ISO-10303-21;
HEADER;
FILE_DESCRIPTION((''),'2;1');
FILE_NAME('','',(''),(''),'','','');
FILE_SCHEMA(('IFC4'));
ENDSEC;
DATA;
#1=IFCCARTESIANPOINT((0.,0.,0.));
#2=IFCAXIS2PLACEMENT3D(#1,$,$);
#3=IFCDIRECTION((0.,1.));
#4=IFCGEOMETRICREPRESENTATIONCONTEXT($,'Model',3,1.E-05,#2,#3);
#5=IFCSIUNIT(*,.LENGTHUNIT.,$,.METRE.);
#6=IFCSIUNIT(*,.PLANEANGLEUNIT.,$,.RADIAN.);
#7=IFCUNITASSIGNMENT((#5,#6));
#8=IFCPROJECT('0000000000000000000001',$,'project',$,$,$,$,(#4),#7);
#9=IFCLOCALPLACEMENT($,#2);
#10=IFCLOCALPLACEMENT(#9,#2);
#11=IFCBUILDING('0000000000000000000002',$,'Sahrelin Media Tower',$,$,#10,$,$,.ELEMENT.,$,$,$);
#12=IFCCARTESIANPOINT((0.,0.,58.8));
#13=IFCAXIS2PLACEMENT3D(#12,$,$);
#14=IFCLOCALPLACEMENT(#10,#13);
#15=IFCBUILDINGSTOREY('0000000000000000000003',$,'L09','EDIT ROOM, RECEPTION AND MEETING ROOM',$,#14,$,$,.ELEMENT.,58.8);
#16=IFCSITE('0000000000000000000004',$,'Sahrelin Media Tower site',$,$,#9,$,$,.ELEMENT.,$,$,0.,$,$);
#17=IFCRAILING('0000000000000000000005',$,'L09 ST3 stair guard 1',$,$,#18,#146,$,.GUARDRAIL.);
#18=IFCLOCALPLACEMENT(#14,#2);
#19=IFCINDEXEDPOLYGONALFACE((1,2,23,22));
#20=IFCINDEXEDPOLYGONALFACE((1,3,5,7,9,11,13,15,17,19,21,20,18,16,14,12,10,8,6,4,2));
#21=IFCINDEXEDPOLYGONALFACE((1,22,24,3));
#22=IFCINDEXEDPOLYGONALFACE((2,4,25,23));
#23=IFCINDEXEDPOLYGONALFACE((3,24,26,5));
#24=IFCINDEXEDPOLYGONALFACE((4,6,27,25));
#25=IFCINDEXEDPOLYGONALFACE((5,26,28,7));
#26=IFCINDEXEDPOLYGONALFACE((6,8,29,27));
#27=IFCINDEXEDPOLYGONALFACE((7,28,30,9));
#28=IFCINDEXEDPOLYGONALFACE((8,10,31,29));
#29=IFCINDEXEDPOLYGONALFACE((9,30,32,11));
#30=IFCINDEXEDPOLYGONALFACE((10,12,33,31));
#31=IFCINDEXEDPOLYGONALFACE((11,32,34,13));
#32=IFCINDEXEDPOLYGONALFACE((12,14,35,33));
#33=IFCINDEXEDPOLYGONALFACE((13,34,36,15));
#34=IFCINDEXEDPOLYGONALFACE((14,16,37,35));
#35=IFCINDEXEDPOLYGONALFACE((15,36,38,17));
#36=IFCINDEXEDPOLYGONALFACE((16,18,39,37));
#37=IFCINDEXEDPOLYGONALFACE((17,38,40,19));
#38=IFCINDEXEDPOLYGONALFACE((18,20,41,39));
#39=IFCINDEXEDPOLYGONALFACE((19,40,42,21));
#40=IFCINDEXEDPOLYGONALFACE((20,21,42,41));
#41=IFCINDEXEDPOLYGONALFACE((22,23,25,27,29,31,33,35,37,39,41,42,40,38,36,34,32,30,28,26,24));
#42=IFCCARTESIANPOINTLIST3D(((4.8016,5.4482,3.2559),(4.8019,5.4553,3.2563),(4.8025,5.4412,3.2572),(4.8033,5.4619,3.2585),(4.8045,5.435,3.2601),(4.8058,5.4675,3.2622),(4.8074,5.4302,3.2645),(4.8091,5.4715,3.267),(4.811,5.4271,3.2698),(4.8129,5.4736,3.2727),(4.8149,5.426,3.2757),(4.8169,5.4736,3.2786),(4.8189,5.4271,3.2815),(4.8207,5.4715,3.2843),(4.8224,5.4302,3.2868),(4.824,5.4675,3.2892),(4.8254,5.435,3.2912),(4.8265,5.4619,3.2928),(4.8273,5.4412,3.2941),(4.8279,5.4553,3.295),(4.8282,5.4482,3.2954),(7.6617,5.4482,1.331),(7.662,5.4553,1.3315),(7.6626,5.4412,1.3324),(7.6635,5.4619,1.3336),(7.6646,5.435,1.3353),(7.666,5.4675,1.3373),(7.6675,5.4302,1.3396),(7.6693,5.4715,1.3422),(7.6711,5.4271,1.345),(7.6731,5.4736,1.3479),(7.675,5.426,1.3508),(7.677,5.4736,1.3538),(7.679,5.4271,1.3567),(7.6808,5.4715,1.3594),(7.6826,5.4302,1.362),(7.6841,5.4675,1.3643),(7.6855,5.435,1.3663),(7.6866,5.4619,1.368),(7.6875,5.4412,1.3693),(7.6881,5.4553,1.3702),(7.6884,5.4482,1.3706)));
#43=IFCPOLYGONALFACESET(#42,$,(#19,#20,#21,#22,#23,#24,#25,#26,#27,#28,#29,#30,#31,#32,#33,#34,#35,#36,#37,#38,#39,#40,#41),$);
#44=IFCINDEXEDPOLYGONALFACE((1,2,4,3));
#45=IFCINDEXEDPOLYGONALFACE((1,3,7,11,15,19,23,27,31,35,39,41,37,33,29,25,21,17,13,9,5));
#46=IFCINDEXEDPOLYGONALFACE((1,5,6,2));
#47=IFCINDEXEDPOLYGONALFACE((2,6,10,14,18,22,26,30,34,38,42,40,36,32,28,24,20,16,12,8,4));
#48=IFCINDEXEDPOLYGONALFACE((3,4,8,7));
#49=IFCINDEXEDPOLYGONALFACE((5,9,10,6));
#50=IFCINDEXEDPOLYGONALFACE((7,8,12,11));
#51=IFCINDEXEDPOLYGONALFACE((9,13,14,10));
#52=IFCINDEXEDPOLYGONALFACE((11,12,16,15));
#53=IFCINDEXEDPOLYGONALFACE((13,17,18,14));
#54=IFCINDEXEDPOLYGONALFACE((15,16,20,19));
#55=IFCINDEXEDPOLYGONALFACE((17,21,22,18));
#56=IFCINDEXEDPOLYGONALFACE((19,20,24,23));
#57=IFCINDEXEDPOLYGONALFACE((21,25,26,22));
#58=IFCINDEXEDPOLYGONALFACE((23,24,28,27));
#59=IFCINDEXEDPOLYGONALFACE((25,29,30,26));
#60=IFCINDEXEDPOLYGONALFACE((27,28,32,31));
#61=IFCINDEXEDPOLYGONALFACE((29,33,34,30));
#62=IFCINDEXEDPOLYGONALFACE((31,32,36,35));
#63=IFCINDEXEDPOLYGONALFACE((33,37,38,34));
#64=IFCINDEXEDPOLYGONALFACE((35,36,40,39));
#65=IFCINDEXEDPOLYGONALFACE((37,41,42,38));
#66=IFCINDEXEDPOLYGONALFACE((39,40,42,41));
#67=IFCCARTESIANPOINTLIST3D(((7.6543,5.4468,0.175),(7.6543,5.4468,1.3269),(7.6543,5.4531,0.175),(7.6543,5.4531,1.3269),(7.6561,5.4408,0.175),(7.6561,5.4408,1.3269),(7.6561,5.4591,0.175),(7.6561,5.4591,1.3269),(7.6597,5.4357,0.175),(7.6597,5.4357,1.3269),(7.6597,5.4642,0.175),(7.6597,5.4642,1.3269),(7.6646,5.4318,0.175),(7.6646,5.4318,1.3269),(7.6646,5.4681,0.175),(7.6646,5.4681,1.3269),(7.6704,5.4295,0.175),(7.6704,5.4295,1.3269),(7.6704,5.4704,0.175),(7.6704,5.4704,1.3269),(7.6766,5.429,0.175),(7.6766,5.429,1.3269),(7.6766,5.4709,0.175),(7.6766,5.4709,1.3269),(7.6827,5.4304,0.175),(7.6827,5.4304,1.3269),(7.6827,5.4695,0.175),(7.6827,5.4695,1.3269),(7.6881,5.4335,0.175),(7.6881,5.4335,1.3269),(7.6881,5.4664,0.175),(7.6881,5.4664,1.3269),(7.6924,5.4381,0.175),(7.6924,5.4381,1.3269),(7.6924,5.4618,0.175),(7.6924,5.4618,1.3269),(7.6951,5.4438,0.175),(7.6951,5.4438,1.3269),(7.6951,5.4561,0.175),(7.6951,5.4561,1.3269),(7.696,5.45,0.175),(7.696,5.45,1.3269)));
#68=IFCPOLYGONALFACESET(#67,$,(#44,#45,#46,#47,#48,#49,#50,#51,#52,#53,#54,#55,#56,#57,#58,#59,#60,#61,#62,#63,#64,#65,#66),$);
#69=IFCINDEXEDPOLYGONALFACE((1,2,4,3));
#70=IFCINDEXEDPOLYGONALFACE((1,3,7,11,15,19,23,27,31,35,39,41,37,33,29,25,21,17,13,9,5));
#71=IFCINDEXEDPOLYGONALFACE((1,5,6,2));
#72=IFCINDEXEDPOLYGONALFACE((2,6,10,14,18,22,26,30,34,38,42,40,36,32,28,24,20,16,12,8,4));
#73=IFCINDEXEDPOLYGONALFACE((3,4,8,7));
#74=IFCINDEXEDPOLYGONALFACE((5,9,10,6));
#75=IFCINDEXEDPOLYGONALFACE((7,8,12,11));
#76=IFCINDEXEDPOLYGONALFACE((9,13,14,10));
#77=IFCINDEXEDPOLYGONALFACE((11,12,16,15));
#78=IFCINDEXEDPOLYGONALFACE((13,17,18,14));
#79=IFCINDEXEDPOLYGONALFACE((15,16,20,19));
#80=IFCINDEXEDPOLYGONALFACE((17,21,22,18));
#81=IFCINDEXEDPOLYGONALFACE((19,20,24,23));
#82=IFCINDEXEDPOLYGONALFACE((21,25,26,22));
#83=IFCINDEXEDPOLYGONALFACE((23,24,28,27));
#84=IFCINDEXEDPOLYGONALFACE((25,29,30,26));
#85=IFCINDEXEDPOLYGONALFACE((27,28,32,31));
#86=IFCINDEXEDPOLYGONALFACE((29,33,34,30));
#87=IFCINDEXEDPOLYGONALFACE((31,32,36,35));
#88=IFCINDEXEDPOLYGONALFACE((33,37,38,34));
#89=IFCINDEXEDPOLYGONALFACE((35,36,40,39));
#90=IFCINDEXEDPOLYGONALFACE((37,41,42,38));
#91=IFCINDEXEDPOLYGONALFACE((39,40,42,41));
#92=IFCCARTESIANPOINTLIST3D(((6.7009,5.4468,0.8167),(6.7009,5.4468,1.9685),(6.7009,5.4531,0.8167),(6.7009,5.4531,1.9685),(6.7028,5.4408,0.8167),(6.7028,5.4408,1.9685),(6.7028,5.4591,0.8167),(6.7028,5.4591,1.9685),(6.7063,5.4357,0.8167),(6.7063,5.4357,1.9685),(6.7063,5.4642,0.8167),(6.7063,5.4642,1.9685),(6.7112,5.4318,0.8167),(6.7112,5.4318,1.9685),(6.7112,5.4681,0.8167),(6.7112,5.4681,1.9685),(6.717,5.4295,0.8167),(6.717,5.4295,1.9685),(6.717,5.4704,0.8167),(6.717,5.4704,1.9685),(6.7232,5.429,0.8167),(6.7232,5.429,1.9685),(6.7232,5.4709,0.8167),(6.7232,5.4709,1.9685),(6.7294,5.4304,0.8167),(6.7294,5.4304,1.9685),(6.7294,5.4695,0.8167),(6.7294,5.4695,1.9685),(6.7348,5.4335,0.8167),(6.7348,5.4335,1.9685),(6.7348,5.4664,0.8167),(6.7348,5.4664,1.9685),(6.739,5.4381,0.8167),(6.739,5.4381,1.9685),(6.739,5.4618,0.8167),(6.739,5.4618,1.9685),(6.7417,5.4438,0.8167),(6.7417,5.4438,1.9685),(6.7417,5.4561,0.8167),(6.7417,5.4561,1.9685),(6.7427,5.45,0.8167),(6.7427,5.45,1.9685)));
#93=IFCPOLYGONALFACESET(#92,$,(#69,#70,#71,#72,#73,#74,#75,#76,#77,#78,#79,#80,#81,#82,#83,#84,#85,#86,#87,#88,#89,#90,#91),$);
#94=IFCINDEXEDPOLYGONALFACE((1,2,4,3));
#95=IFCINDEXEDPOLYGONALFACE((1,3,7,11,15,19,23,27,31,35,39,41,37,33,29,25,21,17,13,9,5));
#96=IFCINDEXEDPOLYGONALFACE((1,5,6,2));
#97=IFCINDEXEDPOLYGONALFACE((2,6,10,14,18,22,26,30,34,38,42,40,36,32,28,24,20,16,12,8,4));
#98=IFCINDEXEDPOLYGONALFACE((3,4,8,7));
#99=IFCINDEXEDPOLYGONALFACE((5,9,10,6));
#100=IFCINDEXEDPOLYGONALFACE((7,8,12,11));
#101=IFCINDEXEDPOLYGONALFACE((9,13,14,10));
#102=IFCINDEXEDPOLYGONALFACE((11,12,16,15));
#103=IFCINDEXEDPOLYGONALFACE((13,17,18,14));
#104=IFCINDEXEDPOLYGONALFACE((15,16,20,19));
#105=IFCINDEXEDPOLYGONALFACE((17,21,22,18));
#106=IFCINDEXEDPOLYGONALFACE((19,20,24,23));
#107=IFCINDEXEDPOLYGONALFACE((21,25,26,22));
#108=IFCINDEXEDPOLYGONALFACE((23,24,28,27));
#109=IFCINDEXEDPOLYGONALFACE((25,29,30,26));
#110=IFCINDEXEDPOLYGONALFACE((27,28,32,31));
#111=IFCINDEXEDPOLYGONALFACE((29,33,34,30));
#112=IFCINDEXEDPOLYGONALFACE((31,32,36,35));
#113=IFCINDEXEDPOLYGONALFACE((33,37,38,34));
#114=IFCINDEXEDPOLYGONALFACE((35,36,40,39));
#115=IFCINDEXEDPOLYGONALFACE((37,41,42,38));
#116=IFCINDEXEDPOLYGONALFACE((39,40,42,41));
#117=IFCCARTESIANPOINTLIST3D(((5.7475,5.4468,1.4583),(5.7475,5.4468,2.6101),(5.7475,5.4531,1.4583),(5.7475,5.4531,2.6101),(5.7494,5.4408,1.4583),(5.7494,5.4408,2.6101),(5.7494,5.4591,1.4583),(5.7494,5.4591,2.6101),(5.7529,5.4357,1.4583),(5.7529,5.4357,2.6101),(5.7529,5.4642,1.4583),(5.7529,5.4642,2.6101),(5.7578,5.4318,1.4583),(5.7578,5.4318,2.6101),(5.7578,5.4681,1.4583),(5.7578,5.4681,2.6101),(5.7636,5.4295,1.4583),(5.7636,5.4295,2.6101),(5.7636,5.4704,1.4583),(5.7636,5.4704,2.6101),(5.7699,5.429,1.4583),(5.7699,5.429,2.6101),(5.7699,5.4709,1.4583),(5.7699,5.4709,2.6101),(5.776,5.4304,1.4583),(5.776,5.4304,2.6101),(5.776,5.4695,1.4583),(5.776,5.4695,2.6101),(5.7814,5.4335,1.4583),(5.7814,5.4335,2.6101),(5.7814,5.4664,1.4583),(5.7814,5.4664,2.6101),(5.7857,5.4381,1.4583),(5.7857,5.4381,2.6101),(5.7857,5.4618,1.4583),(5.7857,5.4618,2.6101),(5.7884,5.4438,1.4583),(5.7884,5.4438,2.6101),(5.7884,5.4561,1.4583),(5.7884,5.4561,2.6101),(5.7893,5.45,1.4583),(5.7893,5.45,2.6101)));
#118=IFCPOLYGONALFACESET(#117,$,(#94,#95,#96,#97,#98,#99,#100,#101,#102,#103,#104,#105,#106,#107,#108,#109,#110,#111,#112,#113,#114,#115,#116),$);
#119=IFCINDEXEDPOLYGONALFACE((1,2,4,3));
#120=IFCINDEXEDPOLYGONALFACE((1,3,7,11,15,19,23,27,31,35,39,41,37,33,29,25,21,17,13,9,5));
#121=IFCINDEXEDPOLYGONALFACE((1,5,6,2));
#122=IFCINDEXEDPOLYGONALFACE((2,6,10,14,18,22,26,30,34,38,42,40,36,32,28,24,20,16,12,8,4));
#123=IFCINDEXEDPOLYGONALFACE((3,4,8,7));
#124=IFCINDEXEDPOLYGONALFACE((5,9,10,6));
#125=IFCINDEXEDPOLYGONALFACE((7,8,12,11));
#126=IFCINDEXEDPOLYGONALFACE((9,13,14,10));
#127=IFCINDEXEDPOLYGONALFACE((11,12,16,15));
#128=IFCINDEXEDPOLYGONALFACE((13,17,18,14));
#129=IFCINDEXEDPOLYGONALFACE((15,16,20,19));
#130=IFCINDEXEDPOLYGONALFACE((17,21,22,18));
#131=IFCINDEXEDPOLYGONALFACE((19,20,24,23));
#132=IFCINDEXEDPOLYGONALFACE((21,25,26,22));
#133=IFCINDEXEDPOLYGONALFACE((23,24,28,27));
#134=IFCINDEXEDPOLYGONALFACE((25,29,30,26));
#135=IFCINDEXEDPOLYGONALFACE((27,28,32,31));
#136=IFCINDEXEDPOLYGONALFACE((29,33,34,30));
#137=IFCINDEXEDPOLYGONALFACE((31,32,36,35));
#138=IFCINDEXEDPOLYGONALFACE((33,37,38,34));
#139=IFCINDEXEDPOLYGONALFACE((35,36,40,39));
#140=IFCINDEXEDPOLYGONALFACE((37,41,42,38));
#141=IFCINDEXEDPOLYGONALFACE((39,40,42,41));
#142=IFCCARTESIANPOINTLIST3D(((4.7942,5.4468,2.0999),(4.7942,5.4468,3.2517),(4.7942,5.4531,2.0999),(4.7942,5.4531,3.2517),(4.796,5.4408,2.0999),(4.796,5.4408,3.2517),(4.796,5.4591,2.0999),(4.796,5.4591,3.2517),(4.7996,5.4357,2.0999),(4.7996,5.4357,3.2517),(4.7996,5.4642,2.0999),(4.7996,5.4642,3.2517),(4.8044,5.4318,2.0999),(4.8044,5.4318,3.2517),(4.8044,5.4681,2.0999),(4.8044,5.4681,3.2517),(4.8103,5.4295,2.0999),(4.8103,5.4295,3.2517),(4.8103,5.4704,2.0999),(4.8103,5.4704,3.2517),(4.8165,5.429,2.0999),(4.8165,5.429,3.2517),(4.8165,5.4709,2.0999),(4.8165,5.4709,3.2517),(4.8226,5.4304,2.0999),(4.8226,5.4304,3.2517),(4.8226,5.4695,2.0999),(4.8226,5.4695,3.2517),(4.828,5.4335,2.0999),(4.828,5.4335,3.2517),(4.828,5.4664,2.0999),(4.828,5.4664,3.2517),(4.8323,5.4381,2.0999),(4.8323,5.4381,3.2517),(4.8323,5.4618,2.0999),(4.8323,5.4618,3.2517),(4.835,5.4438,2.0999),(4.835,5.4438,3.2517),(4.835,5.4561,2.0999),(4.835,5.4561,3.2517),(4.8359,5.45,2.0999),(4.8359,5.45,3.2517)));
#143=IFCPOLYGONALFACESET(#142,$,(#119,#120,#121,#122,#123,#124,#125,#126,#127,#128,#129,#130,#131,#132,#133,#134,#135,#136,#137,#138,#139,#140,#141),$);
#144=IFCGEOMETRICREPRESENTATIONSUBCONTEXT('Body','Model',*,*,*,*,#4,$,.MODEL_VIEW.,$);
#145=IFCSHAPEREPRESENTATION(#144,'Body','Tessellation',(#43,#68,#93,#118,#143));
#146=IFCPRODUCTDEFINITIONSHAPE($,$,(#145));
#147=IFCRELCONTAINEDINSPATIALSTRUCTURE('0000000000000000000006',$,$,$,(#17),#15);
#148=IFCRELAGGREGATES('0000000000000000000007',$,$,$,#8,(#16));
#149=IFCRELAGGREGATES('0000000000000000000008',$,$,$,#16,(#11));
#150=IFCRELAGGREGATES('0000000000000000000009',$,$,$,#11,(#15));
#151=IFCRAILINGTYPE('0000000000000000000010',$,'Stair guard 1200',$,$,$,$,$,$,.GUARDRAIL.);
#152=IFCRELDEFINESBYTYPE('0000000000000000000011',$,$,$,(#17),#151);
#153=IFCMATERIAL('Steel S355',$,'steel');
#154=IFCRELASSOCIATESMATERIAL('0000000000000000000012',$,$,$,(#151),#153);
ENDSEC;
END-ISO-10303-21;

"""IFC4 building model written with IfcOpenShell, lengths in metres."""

from ifc_helpers import new_model, si_unit, direction, frame, origin, origin_2d, place, context, subcontext, project, spatial, circle, extrude, material, type_object, element, save


model = new_model("IFC4")

# Units and contexts
model_context = context("Model", 3, precision=1e-05, world=origin(), true_north=direction((0.0, 1.0)))
body_context = subcontext(model_context, "Body", "Model", "MODEL_VIEW")
ifc_project = project(units=[si_unit("LENGTHUNIT", "METRE"), si_unit("PLANEANGLEUNIT", "RADIAN")], contexts=[model_context])

# Site, building, storey
site_placement = place(None, origin())
site = spatial("IfcSite", under=ifc_project, at=site_placement, Name="Sahrelin Media Tower site", CompositionType="ELEMENT", RefElevation=0.0)
building_placement = place(site_placement, origin())
building = spatial("IfcBuilding", under=site, at=building_placement, Name="Sahrelin Media Tower", CompositionType="ELEMENT")
storey_placement = place(building_placement, frame((0.0, 0.0, 58.8)))
storey = spatial("IfcBuildingStorey", under=building, at=storey_placement, Name="L09", Description="EDIT ROOM, RECEPTION AND MEETING ROOM", CompositionType="ELEMENT", Elevation=58.8)

# Shared definitions
ifc_material_1 = material(Name="Steel S355", Category="steel")

# Railing
railing_type_1 = type_object("IfcRailingType", Name="Stair guard 1200", PredefinedType="GUARDRAIL", material=ifc_material_1)
railing_1_placement = place(storey_placement, frame((7.675, 5.45, 0.175)))
element("IfcRailing", 1, at=railing_1_placement, inside=storey, type_object=railing_type_1, Name="L09 ST3 stair guard 1", PredefinedType="GUARDRAIL", context=body_context, shape_type="SweptSolid", body=[
    extrude(circle(Radius=0.0239, at=origin_2d()), frame((0.0, 0.0, 1.1758), z_axis=(-0.829624, 0.0, 0.558323), x_axis=(0.0, -1.0, 0.0)), (0.0, 0.0, 1.0), 3.4475),
    extrude(circle(Radius=0.021, at=origin_2d()), origin(), (0.0, 0.0, 1.0), 1.1519),
    extrude(circle(Radius=0.021, at=origin_2d()), frame((-0.9534, 0.0, 0.6416)), (0.0, 0.0, 1.0), 1.1519),
    extrude(circle(Radius=0.021, at=origin_2d()), frame((-1.9067, 0.0, 1.2832)), (0.0, 0.0, 1.0), 1.1519),
    extrude(circle(Radius=0.021, at=origin_2d()), frame((-2.8601, 0.0, 1.9248)), (0.0, 0.0, 1.0), 1.1519),
])

save(model, "model.ifc")
